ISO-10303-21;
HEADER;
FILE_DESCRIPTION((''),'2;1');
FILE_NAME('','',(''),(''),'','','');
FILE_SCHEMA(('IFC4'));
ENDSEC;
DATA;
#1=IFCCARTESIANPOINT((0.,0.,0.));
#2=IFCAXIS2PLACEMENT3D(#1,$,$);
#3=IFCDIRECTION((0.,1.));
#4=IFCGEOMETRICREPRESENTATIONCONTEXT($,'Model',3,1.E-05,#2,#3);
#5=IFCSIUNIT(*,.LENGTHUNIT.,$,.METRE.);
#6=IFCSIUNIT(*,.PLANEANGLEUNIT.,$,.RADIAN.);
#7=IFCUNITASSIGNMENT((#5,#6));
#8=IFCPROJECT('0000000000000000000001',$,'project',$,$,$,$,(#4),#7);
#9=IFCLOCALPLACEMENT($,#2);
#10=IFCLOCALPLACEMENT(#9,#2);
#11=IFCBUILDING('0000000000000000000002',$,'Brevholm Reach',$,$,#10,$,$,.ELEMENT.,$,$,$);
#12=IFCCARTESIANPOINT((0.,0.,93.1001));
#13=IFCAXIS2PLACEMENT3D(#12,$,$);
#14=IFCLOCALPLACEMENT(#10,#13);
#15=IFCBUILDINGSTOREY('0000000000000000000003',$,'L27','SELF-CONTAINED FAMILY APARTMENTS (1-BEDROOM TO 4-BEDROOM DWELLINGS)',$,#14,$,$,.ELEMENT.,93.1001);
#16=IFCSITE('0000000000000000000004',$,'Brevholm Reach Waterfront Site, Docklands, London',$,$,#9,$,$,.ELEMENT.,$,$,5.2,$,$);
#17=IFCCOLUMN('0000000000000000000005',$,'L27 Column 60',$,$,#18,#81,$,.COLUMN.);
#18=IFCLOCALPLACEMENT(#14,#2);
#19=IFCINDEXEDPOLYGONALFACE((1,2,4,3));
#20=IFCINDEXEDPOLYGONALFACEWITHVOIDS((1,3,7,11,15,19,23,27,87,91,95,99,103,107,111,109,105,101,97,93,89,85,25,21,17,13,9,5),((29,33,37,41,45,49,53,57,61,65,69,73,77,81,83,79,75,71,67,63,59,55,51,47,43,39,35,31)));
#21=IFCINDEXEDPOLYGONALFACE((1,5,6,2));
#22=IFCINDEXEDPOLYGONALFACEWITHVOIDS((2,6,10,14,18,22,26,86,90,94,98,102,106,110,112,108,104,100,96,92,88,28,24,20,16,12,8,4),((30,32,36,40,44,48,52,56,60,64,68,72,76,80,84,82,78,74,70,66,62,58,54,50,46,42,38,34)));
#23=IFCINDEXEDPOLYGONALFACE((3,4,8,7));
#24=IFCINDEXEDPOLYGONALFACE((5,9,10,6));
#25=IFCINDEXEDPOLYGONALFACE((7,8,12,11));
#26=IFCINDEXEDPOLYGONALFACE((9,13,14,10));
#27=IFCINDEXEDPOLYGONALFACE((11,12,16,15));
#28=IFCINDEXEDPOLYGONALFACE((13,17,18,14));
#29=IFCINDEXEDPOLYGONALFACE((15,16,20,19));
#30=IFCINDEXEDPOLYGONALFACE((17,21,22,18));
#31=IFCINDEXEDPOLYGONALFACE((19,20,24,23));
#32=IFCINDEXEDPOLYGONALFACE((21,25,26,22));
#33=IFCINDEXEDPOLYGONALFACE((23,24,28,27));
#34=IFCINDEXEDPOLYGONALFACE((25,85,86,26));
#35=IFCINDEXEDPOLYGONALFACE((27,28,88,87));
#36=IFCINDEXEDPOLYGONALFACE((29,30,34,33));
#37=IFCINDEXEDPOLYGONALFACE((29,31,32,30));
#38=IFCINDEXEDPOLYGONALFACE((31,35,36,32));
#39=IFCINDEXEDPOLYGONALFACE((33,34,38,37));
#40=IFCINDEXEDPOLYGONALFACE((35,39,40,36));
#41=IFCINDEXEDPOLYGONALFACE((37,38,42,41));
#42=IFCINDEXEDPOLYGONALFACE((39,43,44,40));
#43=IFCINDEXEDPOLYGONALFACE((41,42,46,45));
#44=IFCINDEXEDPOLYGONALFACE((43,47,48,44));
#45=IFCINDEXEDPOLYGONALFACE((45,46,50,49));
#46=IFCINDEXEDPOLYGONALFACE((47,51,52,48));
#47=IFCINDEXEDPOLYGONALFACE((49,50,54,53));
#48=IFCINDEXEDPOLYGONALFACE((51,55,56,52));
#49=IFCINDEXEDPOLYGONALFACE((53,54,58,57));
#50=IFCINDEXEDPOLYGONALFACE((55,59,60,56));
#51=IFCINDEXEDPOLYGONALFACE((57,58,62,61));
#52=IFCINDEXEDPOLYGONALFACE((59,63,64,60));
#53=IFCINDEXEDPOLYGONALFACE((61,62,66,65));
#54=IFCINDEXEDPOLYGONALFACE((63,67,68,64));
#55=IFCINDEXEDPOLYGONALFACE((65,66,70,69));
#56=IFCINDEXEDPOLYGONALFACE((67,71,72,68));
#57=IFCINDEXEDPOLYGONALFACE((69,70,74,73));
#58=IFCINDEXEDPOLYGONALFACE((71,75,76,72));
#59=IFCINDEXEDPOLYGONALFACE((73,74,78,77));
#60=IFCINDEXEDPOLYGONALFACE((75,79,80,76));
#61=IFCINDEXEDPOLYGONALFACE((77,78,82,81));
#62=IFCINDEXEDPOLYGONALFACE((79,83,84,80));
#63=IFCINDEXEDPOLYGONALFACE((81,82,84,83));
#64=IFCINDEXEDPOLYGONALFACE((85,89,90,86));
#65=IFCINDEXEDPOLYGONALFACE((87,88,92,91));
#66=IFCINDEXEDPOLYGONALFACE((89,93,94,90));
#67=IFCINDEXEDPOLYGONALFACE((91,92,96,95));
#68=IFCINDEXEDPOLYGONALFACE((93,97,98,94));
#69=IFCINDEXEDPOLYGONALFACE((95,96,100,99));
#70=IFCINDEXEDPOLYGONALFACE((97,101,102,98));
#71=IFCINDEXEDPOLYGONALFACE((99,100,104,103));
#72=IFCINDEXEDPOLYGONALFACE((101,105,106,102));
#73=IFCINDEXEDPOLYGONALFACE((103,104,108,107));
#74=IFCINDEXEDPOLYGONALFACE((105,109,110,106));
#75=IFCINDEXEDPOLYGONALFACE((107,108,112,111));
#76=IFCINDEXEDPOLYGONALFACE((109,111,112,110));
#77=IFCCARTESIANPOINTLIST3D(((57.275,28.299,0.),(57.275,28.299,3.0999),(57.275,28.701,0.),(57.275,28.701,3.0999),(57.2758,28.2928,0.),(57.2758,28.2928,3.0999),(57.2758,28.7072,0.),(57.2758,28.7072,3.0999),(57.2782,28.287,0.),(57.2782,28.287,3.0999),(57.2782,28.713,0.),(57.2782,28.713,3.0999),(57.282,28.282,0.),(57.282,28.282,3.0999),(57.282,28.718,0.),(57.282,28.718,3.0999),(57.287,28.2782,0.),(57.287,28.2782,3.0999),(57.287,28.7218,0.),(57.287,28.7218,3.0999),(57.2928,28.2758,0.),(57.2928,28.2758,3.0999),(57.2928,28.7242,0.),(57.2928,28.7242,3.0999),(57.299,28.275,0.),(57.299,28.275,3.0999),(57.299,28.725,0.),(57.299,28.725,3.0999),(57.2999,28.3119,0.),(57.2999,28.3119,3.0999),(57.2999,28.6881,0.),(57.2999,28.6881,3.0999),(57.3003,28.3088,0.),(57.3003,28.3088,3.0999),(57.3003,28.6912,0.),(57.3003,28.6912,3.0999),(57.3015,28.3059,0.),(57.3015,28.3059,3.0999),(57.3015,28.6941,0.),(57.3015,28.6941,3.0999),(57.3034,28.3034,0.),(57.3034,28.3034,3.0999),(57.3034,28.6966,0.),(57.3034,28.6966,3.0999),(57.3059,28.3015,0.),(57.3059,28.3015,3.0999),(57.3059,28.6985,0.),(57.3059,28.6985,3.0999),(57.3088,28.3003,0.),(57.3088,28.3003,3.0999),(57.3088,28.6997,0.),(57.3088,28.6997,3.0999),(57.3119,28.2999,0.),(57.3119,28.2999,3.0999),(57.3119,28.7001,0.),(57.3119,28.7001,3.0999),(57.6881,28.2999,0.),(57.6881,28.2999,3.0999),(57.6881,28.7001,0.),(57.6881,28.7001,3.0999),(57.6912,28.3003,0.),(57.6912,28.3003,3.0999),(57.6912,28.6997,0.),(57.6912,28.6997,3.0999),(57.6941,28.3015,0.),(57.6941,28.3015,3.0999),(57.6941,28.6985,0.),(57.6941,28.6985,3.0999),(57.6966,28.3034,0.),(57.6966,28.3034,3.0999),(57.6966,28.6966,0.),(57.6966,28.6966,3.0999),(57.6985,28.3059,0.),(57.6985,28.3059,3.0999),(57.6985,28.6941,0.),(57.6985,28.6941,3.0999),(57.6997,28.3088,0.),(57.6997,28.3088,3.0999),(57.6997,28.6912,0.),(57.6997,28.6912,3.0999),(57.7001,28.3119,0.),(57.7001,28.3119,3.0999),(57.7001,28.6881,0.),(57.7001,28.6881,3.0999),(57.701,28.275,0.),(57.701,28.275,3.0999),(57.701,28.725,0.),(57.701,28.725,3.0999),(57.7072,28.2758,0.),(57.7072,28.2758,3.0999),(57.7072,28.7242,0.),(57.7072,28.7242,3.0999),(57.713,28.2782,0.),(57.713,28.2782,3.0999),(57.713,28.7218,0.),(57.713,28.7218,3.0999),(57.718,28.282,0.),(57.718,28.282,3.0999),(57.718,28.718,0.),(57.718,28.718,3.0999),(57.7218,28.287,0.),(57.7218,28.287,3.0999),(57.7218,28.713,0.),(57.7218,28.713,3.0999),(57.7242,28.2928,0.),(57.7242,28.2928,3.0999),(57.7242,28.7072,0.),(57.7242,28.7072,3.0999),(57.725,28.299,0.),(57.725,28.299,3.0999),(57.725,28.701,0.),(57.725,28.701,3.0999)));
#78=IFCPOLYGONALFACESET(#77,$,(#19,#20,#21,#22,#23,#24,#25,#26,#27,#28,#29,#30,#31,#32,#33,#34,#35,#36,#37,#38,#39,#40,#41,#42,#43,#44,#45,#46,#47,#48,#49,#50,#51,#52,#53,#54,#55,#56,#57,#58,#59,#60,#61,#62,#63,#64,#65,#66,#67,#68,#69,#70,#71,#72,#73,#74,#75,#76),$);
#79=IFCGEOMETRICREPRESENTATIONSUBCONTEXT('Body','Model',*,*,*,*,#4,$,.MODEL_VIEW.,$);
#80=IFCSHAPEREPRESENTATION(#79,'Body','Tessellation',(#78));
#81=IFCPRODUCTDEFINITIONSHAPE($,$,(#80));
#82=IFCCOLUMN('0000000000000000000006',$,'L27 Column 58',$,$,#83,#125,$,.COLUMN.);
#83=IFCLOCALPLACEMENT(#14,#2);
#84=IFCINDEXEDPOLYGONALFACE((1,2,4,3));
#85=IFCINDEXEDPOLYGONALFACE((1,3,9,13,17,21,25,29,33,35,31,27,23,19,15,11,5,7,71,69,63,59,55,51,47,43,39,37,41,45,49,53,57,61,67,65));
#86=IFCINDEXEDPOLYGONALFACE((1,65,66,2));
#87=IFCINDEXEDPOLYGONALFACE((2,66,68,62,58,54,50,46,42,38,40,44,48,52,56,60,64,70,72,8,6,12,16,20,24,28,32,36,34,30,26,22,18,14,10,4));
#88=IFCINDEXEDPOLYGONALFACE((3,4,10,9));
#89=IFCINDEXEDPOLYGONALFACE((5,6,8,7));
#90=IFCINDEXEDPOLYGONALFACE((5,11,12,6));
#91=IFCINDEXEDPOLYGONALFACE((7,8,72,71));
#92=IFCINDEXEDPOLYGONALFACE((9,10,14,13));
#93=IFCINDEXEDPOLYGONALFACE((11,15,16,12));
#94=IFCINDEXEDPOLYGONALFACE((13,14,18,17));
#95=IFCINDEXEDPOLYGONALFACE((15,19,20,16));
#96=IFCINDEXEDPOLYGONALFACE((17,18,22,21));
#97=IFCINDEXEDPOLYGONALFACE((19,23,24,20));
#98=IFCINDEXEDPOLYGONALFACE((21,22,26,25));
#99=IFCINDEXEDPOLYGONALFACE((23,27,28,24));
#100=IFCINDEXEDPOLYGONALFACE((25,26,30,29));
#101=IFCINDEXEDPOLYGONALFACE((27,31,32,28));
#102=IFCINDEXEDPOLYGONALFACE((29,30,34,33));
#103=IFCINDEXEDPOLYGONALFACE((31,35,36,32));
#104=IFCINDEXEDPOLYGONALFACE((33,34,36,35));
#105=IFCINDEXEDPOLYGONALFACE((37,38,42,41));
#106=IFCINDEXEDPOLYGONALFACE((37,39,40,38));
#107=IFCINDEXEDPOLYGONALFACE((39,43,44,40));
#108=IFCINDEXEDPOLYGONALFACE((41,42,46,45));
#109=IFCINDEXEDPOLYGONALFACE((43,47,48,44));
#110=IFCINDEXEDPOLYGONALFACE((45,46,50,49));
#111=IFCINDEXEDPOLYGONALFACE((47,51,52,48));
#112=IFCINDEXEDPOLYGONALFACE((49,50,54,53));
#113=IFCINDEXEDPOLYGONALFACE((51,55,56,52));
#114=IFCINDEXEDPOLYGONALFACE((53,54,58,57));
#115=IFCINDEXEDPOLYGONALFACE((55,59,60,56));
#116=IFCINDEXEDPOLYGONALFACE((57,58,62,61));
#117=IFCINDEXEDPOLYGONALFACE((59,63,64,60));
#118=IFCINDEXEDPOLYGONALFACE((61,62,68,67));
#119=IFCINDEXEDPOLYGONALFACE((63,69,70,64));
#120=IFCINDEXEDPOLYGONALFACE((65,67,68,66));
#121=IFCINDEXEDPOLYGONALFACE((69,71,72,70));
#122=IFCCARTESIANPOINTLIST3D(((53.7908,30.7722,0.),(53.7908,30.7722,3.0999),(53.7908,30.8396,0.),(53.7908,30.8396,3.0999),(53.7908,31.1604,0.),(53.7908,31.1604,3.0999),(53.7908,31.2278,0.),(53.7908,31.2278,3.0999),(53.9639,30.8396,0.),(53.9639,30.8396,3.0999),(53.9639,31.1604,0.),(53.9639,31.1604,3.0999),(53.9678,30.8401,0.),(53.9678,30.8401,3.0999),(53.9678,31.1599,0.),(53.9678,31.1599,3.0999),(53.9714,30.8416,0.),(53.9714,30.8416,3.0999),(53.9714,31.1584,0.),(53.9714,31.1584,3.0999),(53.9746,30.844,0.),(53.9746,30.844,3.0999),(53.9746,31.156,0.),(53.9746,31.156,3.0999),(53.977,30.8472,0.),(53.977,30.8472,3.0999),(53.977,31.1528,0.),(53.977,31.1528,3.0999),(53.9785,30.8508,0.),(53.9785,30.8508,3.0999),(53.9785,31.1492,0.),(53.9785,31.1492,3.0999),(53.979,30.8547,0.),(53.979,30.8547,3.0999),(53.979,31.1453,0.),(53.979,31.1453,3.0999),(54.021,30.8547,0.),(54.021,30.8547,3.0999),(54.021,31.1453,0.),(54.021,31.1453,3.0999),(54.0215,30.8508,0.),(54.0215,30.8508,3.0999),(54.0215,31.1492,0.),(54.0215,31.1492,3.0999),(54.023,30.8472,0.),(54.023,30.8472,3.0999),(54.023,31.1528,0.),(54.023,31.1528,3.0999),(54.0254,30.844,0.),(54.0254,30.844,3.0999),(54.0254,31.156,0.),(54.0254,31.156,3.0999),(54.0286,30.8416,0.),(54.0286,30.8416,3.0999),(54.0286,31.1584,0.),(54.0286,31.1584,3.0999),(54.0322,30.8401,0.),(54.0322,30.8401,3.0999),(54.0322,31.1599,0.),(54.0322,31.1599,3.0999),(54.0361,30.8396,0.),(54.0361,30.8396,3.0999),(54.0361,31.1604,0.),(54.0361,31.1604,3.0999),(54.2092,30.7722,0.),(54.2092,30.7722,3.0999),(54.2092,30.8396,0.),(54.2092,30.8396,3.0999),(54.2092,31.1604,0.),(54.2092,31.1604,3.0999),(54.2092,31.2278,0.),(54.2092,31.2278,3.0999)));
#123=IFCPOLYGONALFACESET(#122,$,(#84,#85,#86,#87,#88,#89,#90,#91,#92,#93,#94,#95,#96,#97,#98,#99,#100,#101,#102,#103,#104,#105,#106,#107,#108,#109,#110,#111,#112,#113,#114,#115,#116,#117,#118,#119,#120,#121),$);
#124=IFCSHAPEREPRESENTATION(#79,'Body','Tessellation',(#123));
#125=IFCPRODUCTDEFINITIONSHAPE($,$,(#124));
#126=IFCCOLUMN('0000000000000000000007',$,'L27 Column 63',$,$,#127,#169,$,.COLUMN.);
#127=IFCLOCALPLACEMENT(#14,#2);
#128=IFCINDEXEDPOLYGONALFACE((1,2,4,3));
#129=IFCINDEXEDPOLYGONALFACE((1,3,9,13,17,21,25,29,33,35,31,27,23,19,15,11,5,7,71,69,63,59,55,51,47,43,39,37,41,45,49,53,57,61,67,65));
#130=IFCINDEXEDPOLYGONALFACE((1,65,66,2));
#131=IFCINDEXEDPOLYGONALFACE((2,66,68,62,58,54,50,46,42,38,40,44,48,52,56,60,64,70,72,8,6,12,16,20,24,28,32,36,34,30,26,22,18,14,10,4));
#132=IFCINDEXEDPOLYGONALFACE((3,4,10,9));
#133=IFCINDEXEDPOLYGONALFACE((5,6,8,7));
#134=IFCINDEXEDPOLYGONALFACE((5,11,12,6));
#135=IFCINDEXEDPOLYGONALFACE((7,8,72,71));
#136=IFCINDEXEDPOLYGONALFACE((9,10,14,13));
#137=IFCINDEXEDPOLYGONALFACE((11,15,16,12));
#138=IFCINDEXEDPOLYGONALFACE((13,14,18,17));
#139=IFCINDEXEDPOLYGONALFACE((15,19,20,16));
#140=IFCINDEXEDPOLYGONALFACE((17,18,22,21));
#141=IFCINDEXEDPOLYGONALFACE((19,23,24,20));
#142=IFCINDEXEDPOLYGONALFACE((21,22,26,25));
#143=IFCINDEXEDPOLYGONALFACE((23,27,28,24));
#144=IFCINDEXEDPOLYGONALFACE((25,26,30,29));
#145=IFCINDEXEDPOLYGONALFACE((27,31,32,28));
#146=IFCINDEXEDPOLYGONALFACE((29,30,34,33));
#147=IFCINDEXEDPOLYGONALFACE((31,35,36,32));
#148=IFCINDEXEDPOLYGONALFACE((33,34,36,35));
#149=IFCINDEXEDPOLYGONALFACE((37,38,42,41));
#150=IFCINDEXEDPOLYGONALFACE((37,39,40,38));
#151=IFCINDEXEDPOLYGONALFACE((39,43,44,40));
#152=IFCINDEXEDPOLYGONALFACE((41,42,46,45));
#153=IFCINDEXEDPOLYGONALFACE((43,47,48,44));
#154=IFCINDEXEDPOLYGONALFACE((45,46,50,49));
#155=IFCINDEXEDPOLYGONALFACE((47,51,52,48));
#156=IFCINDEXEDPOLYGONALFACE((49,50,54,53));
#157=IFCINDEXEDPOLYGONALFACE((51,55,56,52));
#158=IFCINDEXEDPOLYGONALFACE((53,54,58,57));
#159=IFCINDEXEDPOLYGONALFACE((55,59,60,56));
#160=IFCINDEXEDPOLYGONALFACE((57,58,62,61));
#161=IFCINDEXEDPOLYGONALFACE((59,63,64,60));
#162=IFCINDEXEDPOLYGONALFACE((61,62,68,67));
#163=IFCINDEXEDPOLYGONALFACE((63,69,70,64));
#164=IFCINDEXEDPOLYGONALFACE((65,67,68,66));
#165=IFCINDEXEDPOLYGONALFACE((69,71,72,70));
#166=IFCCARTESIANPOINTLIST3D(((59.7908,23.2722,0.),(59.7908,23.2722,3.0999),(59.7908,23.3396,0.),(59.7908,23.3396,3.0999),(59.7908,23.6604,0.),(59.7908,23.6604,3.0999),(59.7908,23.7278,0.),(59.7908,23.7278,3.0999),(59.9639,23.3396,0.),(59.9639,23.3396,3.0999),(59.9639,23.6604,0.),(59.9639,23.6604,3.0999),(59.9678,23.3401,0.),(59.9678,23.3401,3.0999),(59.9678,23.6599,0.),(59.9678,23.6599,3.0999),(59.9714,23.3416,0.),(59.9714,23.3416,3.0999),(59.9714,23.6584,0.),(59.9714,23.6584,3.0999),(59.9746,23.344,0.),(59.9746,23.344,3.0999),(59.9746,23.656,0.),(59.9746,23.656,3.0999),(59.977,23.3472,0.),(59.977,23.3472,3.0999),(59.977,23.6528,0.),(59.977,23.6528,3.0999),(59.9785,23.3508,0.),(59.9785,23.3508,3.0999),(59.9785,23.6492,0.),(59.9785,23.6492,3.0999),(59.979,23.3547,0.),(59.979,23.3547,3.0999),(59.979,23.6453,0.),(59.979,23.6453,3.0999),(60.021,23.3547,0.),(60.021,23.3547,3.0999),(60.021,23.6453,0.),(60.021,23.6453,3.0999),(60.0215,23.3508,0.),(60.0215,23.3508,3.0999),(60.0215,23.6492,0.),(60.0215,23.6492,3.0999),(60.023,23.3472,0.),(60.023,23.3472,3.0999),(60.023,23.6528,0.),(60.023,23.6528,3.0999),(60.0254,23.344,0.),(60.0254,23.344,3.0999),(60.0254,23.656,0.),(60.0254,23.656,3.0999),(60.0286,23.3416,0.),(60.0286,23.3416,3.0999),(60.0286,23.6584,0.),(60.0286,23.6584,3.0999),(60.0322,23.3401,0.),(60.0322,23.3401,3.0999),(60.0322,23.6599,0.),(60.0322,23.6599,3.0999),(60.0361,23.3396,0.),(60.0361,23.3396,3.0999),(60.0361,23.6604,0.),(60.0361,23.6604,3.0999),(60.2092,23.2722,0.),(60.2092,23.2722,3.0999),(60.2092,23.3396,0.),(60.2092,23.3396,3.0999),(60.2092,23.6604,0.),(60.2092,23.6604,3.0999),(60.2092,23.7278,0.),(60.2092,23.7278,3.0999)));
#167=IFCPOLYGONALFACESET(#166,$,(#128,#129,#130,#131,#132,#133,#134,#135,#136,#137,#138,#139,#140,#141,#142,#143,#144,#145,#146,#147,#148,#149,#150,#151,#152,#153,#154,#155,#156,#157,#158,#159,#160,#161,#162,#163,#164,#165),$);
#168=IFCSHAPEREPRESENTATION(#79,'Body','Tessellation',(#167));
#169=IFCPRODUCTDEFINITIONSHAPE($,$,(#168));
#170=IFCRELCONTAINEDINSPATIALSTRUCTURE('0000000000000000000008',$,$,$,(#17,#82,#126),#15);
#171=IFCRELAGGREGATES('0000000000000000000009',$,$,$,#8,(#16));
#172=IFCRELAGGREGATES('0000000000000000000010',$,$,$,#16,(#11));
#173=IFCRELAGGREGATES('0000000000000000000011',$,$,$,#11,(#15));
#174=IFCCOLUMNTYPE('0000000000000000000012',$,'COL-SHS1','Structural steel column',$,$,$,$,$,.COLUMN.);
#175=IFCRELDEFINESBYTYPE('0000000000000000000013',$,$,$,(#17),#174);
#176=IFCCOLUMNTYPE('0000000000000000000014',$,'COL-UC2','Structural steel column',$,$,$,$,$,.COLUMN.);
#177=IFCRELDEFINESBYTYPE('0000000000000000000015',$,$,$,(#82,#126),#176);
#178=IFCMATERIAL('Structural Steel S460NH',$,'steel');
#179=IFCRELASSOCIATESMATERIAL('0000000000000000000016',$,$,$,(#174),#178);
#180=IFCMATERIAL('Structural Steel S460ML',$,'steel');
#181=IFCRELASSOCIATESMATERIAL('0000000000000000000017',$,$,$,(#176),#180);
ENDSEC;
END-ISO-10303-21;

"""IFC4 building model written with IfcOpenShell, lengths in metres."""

from ifc_helpers import new_model, si_unit, direction, frame, origin, origin_2d, place, context, subcontext, project, spatial, hollow_rectangle, i_section, extrude, material, material_profile, profile_set, type_object, element, save


model = new_model("IFC4")

# Units and contexts
model_context = context("Model", 3, precision=1e-05, world=origin(), true_north=direction((0.0, 1.0)))
body_context = subcontext(model_context, "Body", "Model", "MODEL_VIEW")
ifc_project = project(units=[si_unit("LENGTHUNIT", "METRE"), si_unit("PLANEANGLEUNIT", "RADIAN")], contexts=[model_context])

# Site, building, storey
site_placement = place(None, origin())
site = spatial("IfcSite", under=ifc_project, at=site_placement, Name="Brevholm Reach Waterfront Site, Docklands, London", CompositionType="ELEMENT", RefElevation=5.2)
building_placement = place(site_placement, origin())
building = spatial("IfcBuilding", under=site, at=building_placement, Name="Brevholm Reach", CompositionType="ELEMENT")
storey_placement = place(building_placement, frame((0.0, 0.0, 93.1001)))
storey = spatial("IfcBuildingStorey", under=building, at=storey_placement, Name="L27", Description="SELF-CONTAINED FAMILY APARTMENTS (1-BEDROOM TO 4-BEDROOM DWELLINGS)", CompositionType="ELEMENT", Elevation=93.1001)

# Columns
ifc_material_1 = material(Name="Structural Steel S460NH", Category="steel")
ifc_material_profile_1 = material_profile(ifc_material_1, hollow_rectangle(XDim=0.45, YDim=0.45, WallThickness=0.0249, InnerFilletRadius=0.012, OuterFilletRadius=0.0239, at=origin_2d()), Name="SHS 450x450x25")
ifc_profile_set_1 = profile_set([ifc_material_profile_1], Name="Structural Steel S460NH")
column_type_1 = type_object("IfcColumnType", Name="COL-SHS1", Description="Structural steel column", PredefinedType="COLUMN", material=ifc_profile_set_1)
column_placement = place(storey_placement, frame((57.5, 28.5, 0.0), z_axis=(0.0, 0.0, 1.0), x_axis=(1.0, 0.0, 0.0)))
element("IfcColumn", 1, at=column_placement, inside=storey, type_object=column_type_1, Name="L27 Column 60", PredefinedType="COLUMN", context=body_context, shape_type="SweptSolid", body=[
    extrude(hollow_rectangle(XDim=0.45, YDim=0.45, WallThickness=0.0249, InnerFilletRadius=0.012, OuterFilletRadius=0.0239, at=origin_2d()), origin(), (0.0, 0.0, 1.0), 3.0999),
])
ifc_material_2 = material(Name="Structural Steel S460ML", Category="steel")
ifc_material_profile_2 = material_profile(ifc_material_2, i_section(OverallWidth=0.4185, OverallDepth=0.4556, WebThickness=0.042, FlangeThickness=0.0674, FilletRadius=0.0151, at=origin_2d()), Name="UKC 356x406x551")
ifc_profile_set_2 = profile_set([ifc_material_profile_2], Name="Structural Steel S460ML")
column_type_2 = type_object("IfcColumnType", Name="COL-UC2", Description="Structural steel column", PredefinedType="COLUMN", material=ifc_profile_set_2)
for number, where, z_axis, x_axis, name in (
    (2, (54.0, 31.0, 0.0), (0.0, 0.0, 1.0), (1.0, 0.0, 0.0), "L27 Column 58"),
    (3, (60.0, 23.5, 0.0), (0.0, 0.0, 1.0), (1.0, 0.0, 0.0), "L27 Column 63"),
):
    element("IfcColumn", number, at=place(storey_placement, frame(where, z_axis=z_axis, x_axis=x_axis)), inside=storey, type_object=column_type_2, Name=name, PredefinedType="COLUMN", context=body_context, shape_type="SweptSolid", body=[
        extrude(i_section(OverallWidth=0.4185, OverallDepth=0.4556, WebThickness=0.042, FlangeThickness=0.0674, FilletRadius=0.0151, at=origin_2d()), origin(), (0.0, 0.0, 1.0), 3.0999),
    ])

save(model, "model.ifc")
